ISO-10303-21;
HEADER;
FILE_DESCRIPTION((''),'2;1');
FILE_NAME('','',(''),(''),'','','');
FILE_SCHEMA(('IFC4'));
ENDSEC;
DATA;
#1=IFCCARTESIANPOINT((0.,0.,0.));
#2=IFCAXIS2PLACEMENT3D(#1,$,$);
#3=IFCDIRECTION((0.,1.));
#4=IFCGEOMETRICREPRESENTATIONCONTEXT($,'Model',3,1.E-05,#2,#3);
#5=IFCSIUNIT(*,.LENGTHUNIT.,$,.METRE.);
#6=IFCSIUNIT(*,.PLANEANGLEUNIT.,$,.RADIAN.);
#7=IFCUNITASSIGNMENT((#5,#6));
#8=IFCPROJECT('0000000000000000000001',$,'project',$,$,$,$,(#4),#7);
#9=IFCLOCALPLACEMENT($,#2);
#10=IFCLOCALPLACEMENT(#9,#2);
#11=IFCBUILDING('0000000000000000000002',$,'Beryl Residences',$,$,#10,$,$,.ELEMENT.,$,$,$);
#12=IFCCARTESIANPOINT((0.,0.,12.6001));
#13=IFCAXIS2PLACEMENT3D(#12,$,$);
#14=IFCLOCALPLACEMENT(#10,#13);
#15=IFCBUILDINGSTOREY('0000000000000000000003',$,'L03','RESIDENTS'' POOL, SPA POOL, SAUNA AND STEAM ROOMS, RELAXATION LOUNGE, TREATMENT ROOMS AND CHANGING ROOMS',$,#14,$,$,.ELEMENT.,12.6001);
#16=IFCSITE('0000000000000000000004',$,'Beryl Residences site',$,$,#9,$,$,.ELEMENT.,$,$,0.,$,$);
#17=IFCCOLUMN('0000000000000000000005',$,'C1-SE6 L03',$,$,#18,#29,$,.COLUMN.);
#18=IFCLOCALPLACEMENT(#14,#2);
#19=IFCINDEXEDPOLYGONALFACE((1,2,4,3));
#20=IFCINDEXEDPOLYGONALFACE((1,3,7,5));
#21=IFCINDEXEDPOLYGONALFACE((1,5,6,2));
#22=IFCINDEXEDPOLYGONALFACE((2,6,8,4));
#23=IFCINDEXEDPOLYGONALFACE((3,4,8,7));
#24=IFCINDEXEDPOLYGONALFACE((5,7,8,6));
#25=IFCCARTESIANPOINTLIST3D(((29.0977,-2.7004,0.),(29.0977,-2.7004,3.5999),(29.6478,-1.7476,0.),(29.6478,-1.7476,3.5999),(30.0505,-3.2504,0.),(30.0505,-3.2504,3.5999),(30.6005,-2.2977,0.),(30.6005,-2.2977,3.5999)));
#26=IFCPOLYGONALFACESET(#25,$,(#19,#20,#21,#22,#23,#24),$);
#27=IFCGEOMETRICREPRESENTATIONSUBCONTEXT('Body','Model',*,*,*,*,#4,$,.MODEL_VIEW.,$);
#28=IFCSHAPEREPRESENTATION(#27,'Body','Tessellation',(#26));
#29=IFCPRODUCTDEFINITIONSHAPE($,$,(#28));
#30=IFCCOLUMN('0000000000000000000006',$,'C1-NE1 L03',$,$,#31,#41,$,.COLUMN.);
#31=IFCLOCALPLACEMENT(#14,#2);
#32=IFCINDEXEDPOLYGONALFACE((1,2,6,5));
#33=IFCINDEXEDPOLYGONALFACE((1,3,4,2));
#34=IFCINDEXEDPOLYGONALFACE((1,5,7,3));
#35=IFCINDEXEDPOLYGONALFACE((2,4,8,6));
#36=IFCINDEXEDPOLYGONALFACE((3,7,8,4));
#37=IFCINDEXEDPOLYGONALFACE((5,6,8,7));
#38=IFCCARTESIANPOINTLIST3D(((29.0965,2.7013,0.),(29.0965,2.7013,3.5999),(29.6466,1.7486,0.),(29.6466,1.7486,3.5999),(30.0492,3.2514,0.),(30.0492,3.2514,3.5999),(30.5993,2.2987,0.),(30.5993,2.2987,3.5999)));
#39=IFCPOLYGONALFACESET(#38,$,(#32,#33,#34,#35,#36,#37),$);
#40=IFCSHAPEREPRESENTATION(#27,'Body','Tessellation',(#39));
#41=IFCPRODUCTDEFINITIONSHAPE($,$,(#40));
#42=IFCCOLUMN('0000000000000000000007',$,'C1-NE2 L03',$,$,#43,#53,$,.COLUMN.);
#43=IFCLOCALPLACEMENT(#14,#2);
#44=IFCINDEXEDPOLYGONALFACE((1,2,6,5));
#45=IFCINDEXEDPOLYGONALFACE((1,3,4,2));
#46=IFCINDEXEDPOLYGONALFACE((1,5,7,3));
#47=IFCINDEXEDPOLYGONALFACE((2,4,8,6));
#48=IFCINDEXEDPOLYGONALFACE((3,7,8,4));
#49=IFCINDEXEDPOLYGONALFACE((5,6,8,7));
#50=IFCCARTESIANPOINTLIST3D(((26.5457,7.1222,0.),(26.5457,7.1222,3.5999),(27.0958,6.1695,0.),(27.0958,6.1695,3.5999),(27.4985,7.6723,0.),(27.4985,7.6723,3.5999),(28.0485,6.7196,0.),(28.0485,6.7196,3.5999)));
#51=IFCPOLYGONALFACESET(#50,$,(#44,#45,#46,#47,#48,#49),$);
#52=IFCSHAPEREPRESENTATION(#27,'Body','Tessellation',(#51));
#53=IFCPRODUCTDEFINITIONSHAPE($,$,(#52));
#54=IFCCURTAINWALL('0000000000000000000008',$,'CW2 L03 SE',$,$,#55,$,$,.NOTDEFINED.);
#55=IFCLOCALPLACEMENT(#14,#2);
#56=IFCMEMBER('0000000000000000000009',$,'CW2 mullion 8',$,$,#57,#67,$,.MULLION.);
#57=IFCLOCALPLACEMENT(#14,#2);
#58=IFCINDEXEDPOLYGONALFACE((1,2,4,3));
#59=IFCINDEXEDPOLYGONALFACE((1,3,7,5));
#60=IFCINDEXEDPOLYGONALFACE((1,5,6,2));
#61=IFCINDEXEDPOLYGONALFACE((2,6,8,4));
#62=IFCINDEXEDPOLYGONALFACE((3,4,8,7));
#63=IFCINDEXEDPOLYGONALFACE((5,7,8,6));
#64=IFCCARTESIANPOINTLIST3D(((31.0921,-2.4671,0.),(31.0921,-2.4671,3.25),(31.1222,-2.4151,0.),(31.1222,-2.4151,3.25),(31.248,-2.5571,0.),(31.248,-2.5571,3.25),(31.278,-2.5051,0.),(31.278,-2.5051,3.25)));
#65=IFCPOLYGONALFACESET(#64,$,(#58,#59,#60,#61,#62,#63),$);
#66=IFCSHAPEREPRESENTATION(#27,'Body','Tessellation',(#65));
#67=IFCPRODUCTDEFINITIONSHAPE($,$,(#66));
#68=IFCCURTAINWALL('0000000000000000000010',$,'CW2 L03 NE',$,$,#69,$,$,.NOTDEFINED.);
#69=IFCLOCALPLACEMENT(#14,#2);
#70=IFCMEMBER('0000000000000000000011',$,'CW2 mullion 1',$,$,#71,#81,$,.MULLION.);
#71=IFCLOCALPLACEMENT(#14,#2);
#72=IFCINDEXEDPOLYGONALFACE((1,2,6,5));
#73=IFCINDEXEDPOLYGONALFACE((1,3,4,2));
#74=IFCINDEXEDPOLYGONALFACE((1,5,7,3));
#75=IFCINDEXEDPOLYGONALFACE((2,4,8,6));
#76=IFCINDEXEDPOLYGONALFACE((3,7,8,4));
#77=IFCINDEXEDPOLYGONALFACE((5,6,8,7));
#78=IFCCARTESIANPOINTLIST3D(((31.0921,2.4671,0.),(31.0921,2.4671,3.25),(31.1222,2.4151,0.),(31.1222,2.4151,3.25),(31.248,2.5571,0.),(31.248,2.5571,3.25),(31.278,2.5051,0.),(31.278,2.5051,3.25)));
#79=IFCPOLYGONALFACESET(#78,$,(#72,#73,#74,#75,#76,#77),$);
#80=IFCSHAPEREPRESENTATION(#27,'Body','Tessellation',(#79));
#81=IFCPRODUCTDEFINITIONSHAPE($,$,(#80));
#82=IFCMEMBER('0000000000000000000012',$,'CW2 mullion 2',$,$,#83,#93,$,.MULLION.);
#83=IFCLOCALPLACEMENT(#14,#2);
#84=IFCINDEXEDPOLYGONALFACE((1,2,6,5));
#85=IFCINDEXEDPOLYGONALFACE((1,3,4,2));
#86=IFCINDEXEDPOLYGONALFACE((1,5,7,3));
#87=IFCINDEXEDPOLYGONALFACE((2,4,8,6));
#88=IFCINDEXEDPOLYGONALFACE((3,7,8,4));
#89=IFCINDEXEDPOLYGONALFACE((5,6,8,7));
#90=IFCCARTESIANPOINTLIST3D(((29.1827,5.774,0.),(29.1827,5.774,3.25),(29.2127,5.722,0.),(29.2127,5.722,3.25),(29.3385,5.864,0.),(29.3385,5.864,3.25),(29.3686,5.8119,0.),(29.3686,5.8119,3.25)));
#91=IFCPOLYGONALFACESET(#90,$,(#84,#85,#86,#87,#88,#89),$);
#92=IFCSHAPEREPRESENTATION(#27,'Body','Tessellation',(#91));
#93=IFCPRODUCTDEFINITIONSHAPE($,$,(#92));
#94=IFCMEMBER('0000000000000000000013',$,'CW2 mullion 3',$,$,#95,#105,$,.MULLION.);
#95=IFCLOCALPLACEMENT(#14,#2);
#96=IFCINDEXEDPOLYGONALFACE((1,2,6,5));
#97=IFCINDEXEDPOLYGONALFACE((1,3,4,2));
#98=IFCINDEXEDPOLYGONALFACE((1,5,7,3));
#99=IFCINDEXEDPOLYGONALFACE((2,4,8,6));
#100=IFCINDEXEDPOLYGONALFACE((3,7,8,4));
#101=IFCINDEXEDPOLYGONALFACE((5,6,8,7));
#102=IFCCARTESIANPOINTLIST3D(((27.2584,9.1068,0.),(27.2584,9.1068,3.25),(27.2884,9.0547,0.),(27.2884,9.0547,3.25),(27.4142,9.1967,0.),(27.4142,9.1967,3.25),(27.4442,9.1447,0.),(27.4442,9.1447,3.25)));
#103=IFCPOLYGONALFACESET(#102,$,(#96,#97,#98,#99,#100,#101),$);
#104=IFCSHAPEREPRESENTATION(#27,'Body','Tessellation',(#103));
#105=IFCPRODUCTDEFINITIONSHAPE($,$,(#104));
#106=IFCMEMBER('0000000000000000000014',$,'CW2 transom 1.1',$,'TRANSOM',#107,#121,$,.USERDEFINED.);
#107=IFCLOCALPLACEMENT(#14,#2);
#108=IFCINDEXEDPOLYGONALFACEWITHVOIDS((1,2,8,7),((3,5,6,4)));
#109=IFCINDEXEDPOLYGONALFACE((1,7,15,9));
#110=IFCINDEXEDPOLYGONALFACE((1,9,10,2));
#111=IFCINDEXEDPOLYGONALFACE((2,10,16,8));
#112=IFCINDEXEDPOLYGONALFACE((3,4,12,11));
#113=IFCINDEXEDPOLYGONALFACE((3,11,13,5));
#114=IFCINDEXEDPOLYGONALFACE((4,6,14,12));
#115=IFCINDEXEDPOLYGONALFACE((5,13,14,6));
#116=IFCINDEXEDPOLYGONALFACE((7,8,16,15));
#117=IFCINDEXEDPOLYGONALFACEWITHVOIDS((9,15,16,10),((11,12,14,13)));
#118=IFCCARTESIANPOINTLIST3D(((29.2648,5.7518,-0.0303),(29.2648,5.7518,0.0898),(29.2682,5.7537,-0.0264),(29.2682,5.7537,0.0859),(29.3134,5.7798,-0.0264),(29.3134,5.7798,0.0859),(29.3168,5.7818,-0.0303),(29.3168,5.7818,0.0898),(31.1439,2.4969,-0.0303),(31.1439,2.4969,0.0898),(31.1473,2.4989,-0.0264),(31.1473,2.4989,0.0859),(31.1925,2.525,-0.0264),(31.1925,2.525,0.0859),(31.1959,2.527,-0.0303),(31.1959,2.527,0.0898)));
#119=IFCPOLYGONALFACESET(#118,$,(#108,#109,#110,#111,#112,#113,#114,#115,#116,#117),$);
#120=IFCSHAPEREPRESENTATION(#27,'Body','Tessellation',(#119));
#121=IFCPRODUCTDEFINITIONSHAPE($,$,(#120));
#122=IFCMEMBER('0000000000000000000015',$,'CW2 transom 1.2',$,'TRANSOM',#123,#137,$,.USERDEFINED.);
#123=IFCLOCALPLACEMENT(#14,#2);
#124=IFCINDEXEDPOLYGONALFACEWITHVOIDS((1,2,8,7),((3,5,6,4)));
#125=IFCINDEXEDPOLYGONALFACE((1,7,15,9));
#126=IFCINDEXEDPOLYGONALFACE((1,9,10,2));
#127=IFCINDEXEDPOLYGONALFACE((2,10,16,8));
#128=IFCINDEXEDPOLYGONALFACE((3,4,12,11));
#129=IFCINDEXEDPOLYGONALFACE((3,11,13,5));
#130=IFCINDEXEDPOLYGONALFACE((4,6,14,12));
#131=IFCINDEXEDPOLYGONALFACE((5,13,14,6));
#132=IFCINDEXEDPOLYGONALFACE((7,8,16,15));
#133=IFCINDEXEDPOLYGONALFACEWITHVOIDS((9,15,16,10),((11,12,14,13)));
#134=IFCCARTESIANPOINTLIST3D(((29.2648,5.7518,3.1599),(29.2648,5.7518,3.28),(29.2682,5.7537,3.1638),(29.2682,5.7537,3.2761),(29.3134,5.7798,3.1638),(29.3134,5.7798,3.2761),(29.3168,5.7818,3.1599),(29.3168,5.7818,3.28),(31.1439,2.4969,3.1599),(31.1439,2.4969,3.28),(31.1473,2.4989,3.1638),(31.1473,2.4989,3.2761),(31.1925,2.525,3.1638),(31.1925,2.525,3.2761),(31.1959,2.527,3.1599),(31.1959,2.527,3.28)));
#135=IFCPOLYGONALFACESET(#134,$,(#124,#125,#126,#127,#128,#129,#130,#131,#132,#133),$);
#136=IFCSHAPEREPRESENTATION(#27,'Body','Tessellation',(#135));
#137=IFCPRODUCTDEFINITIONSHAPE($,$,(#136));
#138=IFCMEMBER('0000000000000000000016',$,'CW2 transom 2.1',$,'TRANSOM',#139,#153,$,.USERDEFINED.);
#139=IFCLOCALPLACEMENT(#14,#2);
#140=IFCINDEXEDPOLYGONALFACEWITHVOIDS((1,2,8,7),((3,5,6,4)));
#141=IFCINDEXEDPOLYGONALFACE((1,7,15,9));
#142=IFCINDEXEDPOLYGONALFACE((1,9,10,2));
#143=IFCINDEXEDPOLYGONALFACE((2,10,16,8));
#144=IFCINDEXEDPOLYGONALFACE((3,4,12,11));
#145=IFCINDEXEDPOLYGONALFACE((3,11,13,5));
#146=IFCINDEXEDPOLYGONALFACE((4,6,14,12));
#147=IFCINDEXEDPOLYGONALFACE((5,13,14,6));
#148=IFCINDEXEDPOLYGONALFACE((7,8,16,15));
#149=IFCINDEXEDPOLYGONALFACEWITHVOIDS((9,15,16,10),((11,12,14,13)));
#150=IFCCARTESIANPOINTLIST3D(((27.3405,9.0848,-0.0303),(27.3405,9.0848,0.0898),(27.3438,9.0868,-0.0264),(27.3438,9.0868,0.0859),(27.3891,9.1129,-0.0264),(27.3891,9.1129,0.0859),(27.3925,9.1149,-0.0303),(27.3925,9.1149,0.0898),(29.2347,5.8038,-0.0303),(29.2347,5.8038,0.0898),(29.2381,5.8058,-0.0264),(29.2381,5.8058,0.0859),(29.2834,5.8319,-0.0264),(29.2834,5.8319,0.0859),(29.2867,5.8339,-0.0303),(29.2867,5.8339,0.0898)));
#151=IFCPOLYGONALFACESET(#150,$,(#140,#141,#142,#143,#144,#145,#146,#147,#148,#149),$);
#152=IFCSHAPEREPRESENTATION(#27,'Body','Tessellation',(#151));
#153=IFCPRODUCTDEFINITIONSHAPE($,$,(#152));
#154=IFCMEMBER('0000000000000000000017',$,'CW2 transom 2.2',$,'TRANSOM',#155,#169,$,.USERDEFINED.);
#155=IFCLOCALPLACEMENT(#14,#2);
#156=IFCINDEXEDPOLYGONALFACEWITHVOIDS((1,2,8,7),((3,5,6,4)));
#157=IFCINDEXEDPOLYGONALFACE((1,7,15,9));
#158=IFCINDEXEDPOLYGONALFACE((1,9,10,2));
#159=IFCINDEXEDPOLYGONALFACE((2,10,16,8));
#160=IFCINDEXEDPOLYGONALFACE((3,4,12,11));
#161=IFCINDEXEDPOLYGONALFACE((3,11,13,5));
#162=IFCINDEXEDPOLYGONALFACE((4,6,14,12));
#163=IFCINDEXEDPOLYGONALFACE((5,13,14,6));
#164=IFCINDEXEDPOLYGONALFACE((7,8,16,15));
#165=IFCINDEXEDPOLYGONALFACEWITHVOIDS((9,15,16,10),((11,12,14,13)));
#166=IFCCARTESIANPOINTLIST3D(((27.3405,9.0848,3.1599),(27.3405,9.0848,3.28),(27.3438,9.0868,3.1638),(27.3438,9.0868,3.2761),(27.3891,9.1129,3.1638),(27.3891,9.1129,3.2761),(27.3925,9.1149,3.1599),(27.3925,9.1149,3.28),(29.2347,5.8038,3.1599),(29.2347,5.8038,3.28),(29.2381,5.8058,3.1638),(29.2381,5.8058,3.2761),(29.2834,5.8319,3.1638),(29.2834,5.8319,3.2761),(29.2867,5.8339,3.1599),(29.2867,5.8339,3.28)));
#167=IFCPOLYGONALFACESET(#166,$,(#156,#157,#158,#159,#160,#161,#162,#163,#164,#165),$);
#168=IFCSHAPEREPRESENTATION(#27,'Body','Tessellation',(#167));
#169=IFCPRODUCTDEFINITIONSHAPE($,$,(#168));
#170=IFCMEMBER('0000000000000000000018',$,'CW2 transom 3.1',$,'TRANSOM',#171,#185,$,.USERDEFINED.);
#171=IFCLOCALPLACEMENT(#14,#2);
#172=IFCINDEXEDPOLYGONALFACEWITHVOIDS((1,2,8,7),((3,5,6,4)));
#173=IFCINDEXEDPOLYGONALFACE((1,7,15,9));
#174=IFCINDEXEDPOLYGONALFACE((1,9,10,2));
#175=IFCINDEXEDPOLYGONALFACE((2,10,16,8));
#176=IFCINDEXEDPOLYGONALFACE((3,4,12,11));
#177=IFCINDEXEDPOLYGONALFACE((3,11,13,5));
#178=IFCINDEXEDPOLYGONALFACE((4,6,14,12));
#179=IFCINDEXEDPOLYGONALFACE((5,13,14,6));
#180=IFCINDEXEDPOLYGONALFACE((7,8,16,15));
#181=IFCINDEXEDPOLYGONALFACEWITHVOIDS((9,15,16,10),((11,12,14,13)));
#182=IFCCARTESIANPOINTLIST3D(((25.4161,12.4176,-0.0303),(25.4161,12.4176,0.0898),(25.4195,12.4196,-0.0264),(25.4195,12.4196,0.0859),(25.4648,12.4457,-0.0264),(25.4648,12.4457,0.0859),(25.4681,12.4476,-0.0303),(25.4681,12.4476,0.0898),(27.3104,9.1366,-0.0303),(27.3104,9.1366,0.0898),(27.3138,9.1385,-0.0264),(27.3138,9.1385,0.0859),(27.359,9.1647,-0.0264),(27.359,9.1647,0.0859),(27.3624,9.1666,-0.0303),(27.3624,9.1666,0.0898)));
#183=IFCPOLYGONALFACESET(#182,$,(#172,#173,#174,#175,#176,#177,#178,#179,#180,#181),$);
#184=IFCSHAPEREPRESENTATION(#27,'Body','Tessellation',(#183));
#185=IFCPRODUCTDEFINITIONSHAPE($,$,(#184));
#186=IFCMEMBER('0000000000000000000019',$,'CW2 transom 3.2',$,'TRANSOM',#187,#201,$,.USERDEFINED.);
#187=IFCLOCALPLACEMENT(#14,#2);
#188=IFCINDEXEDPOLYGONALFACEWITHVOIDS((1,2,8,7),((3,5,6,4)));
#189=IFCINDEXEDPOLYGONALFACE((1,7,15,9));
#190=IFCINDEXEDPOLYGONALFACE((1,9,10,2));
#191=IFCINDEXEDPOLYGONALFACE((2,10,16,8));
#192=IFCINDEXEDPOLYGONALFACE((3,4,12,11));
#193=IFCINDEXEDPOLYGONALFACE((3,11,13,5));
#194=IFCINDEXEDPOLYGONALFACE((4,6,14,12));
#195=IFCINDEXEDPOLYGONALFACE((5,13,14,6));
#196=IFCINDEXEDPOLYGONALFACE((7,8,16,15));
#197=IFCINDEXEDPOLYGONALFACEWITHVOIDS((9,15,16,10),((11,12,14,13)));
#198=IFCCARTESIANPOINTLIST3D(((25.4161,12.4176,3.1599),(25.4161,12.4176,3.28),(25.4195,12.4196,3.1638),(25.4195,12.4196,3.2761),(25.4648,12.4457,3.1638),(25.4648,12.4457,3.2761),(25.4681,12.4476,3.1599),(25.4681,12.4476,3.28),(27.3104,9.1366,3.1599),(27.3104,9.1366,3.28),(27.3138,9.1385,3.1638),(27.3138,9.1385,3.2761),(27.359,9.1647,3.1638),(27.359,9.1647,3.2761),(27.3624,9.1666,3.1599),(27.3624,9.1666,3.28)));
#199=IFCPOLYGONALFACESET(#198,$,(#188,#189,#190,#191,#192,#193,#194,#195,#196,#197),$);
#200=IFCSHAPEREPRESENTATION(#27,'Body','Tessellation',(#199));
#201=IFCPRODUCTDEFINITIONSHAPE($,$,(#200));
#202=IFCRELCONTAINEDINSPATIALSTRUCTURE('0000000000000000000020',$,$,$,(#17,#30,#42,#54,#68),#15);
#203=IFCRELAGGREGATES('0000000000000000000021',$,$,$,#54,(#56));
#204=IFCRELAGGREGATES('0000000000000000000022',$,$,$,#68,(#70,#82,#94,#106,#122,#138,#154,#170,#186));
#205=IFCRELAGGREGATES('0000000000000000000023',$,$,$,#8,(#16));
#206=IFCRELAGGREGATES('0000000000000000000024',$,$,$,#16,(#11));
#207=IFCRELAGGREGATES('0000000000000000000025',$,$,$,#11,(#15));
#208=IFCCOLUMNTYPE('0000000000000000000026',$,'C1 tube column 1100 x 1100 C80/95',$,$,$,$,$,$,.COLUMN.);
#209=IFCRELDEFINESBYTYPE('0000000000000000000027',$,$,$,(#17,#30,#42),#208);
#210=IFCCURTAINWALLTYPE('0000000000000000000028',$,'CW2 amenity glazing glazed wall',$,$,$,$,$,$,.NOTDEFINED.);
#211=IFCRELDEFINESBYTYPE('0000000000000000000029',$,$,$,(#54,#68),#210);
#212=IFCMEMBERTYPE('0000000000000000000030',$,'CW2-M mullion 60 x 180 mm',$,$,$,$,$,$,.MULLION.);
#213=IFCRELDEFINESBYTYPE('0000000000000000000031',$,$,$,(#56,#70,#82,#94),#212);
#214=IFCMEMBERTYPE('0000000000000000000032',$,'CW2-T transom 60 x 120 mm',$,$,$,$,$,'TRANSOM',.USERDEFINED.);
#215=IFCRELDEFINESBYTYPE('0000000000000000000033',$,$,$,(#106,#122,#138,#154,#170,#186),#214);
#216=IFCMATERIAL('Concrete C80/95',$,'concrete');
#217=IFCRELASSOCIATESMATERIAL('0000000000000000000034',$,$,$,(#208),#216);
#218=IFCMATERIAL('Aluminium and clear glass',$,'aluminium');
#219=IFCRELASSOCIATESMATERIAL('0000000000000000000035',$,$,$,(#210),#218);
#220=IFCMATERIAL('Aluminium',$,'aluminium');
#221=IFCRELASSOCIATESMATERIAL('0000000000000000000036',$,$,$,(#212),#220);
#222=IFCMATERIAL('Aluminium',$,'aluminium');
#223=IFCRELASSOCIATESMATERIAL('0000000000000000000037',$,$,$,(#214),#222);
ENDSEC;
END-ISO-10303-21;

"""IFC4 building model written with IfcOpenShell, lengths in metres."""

from ifc_helpers import new_model, si_unit, direction, frame, origin, origin_2d, place, context, subcontext, project, spatial, rectangle, hollow_rectangle, extrude, material, material_profile, profile_set, type_object, element, aggregate, save


model = new_model("IFC4")

# Units and contexts
model_context = context("Model", 3, precision=1e-05, world=origin(), true_north=direction((0.0, 1.0)))
body_context = subcontext(model_context, "Body", "Model", "MODEL_VIEW")
ifc_project = project(units=[si_unit("LENGTHUNIT", "METRE"), si_unit("PLANEANGLEUNIT", "RADIAN")], contexts=[model_context])

# Site, building, storey
site_placement = place(None, origin())
site = spatial("IfcSite", under=ifc_project, at=site_placement, Name="Beryl Residences site", CompositionType="ELEMENT", RefElevation=0.0)
building_placement = place(site_placement, origin())
building = spatial("IfcBuilding", under=site, at=building_placement, Name="Beryl Residences", CompositionType="ELEMENT")
storey_placement = place(building_placement, frame((0.0, 0.0, 12.6001)))
storey = spatial("IfcBuildingStorey", under=building, at=storey_placement, Name="L03", Description="RESIDENTS' POOL, SPA POOL, SAUNA AND STEAM ROOMS, RELAXATION LOUNGE, TREATMENT ROOMS AND CHANGING ROOMS", CompositionType="ELEMENT", Elevation=12.6001)

# Columns
ifc_material_1 = material(Name="Concrete C80/95", Category="concrete")
ifc_material_profile_1 = material_profile(ifc_material_1, rectangle(XDim=1.1001, YDim=1.1001, at=origin_2d()))
ifc_profile_set_1 = profile_set([ifc_material_profile_1], Name="Concrete C80/95")
column_type = type_object("IfcColumnType", Name="C1 tube column 1100 x 1100 C80/95", PredefinedType="COLUMN", material=ifc_profile_set_1)
for number, where, z_axis, x_axis, name in (
    (1, (29.8491, -2.499, 0.0), (0.0, 0.0, 1.0), (0.499985, 0.866034, 0.0), "C1-SE6 L03"),
    (2, (29.8479, 2.5, 0.0), (0.0, 0.0, 1.0), (-0.499985, 0.866034, 0.0), "C1-NE1 L03"),
    (3, (27.2971, 6.9209, 0.0), (0.0, 0.0, 1.0), (-0.499985, 0.866034, 0.0), "C1-NE2 L03"),
):
    element("IfcColumn", number, at=place(storey_placement, frame(where, z_axis=z_axis, x_axis=x_axis)), inside=storey, type_object=column_type, Name=name, PredefinedType="COLUMN", context=body_context, shape_type="SweptSolid", body=[
        extrude(rectangle(XDim=1.1001, YDim=1.1001, at=origin_2d()), origin(), (0.0, 0.0, 1.0), 3.5999),
    ])

# Curtain wall, member
ifc_material_2 = material(Name="Aluminium and clear glass", Category="aluminium")
curtain_wall_type = type_object("IfcCurtainWallType", Name="CW2 amenity glazing glazed wall", PredefinedType="NOTDEFINED", material=ifc_material_2)
curtain_wall_1_placement = place(storey_placement, origin())
curtain_wall_1 = element("IfcCurtainWall", 4, at=curtain_wall_1_placement, inside=storey, type_object=curtain_wall_type, Name="CW2 L03 SE", PredefinedType="NOTDEFINED")
ifc_material_3 = material(Name="Aluminium", Category="aluminium")
ifc_material_profile_2 = material_profile(ifc_material_3, rectangle(XDim=0.0601, YDim=0.1799, at=origin_2d()))
ifc_profile_set_2 = profile_set([ifc_material_profile_2], Name="Aluminium")
member_type_1 = type_object("IfcMemberType", Name="CW2-M mullion 60 x 180 mm", PredefinedType="MULLION", material=ifc_profile_set_2)
member_1_placement = place(storey_placement, frame((31.1851, -2.4861, 0.0), z_axis=(0.0, 0.0, 1.0), x_axis=(0.500012, 0.866019, 0.0)))
member_1 = element("IfcMember", 5, at=member_1_placement, type_object=member_type_1, Name="CW2 mullion 8", PredefinedType="MULLION", context=body_context, shape_type="SweptSolid", body=[
    extrude(rectangle(XDim=0.0601, YDim=0.1799, at=origin_2d()), origin(), (0.0, 0.0, 1.0), 3.25),
])
aggregate(curtain_wall_1, [member_1])

# Curtain wall, members
curtain_wall_2_placement = place(storey_placement, origin())
curtain_wall_2 = element("IfcCurtainWall", 6, at=curtain_wall_2_placement, inside=storey, type_object=curtain_wall_type, Name="CW2 L03 NE", PredefinedType="NOTDEFINED")
member_2_placement = place(storey_placement, frame((31.1851, 2.4861, 0.0), z_axis=(0.0, 0.0, 1.0), x_axis=(-0.500012, 0.866019, 0.0)))
member_2 = element("IfcMember", 7, at=member_2_placement, type_object=member_type_1, Name="CW2 mullion 1", PredefinedType="MULLION", context=body_context, shape_type="SweptSolid", body=[
    extrude(rectangle(XDim=0.0601, YDim=0.1799, at=origin_2d()), origin(), (0.0, 0.0, 1.0), 3.25),
])
member_3_placement = place(storey_placement, frame((29.2756, 5.793, 0.0), z_axis=(0.0, 0.0, 1.0), x_axis=(-0.500012, 0.866019, 0.0)))
member_3 = element("IfcMember", 8, at=member_3_placement, type_object=member_type_1, Name="CW2 mullion 2", PredefinedType="MULLION", context=body_context, shape_type="SweptSolid", body=[
    extrude(rectangle(XDim=0.0601, YDim=0.1799, at=origin_2d()), origin(), (0.0, 0.0, 1.0), 3.25),
])
member_4_placement = place(storey_placement, frame((27.3513, 9.1257, 0.0), z_axis=(0.0, 0.0, 1.0), x_axis=(-0.500012, 0.866019, 0.0)))
member_4 = element("IfcMember", 9, at=member_4_placement, type_object=member_type_1, Name="CW2 mullion 3", PredefinedType="MULLION", context=body_context, shape_type="SweptSolid", body=[
    extrude(rectangle(XDim=0.0601, YDim=0.1799, at=origin_2d()), origin(), (0.0, 0.0, 1.0), 3.25),
])
ifc_material_4 = material(Name="Aluminium", Category="aluminium")
ifc_material_profile_3 = material_profile(ifc_material_4, hollow_rectangle(XDim=0.0601, YDim=0.1201, WallThickness=0.0039, at=origin_2d()))
ifc_profile_set_3 = profile_set([ifc_material_profile_3], Name="Aluminium")
member_type_2 = type_object("IfcMemberType", Name="CW2-T transom 60 x 120 mm", ElementType="TRANSOM", PredefinedType="USERDEFINED", material=ifc_profile_set_3)
member_5_placement = place(storey_placement, frame((31.1699, 2.512, 0.0298), z_axis=(-0.499989, 0.866032, 0.0), x_axis=(-0.866032, -0.499989, 0.0)))
member_5 = element("IfcMember", 10, at=member_5_placement, type_object=member_type_2, Name="CW2 transom 1.1", ObjectType="TRANSOM", PredefinedType="USERDEFINED", context=body_context, shape_type="SweptSolid", body=[
    extrude(hollow_rectangle(XDim=0.0601, YDim=0.1201, WallThickness=0.0039, at=origin_2d()), origin(), (0.0, 0.0, 1.0), 3.7583),
])
member_6_placement = place(storey_placement, frame((31.1699, 2.512, 3.22), z_axis=(-0.499989, 0.866032, 0.0), x_axis=(-0.866032, -0.499989, 0.0)))
member_6 = element("IfcMember", 11, at=member_6_placement, type_object=member_type_2, Name="CW2 transom 1.2", ObjectType="TRANSOM", PredefinedType="USERDEFINED", context=body_context, shape_type="SweptSolid", body=[
    extrude(hollow_rectangle(XDim=0.0601, YDim=0.1201, WallThickness=0.0039, at=origin_2d()), origin(), (0.0, 0.0, 1.0), 3.7583),
])
member_7_placement = place(storey_placement, frame((29.2607, 5.8188, 0.0298), z_axis=(-0.5, 0.866026, 0.0), x_axis=(-0.866026, -0.5, 0.0)))
member_7 = element("IfcMember", 12, at=member_7_placement, type_object=member_type_2, Name="CW2 transom 2.1", ObjectType="TRANSOM", PredefinedType="USERDEFINED", context=body_context, shape_type="SweptSolid", body=[
    extrude(hollow_rectangle(XDim=0.0601, YDim=0.1201, WallThickness=0.0039, at=origin_2d()), origin(), (0.0, 0.0, 1.0), 3.7886),
])
member_8_placement = place(storey_placement, frame((29.2607, 5.8188, 3.22), z_axis=(-0.5, 0.866026, 0.0), x_axis=(-0.866026, -0.5, 0.0)))
member_8 = element("IfcMember", 13, at=member_8_placement, type_object=member_type_2, Name="CW2 transom 2.2", ObjectType="TRANSOM", PredefinedType="USERDEFINED", context=body_context, shape_type="SweptSolid", body=[
    extrude(hollow_rectangle(XDim=0.0601, YDim=0.1201, WallThickness=0.0039, at=origin_2d()), origin(), (0.0, 0.0, 1.0), 3.7886),
])
member_9_placement = place(storey_placement, frame((27.3364, 9.1516, 0.0298), z_axis=(-0.5, 0.866026, 0.0), x_axis=(-0.866026, -0.5, 0.0)))
member_9 = element("IfcMember", 14, at=member_9_placement, type_object=member_type_2, Name="CW2 transom 3.1", ObjectType="TRANSOM", PredefinedType="USERDEFINED", context=body_context, shape_type="SweptSolid", body=[
    extrude(hollow_rectangle(XDim=0.0601, YDim=0.1201, WallThickness=0.0039, at=origin_2d()), origin(), (0.0, 0.0, 1.0), 3.7886),
])
member_10_placement = place(storey_placement, frame((27.3364, 9.1516, 3.22), z_axis=(-0.5, 0.866026, 0.0), x_axis=(-0.866026, -0.5, 0.0)))
member_10 = element("IfcMember", 15, at=member_10_placement, type_object=member_type_2, Name="CW2 transom 3.2", ObjectType="TRANSOM", PredefinedType="USERDEFINED", context=body_context, shape_type="SweptSolid", body=[
    extrude(hollow_rectangle(XDim=0.0601, YDim=0.1201, WallThickness=0.0039, at=origin_2d()), origin(), (0.0, 0.0, 1.0), 3.7886),
])

aggregate(curtain_wall_2, [member_2, member_3, member_4, member_5, member_6, member_7, member_8, member_9, member_10])

save(model, "model.ifc")
